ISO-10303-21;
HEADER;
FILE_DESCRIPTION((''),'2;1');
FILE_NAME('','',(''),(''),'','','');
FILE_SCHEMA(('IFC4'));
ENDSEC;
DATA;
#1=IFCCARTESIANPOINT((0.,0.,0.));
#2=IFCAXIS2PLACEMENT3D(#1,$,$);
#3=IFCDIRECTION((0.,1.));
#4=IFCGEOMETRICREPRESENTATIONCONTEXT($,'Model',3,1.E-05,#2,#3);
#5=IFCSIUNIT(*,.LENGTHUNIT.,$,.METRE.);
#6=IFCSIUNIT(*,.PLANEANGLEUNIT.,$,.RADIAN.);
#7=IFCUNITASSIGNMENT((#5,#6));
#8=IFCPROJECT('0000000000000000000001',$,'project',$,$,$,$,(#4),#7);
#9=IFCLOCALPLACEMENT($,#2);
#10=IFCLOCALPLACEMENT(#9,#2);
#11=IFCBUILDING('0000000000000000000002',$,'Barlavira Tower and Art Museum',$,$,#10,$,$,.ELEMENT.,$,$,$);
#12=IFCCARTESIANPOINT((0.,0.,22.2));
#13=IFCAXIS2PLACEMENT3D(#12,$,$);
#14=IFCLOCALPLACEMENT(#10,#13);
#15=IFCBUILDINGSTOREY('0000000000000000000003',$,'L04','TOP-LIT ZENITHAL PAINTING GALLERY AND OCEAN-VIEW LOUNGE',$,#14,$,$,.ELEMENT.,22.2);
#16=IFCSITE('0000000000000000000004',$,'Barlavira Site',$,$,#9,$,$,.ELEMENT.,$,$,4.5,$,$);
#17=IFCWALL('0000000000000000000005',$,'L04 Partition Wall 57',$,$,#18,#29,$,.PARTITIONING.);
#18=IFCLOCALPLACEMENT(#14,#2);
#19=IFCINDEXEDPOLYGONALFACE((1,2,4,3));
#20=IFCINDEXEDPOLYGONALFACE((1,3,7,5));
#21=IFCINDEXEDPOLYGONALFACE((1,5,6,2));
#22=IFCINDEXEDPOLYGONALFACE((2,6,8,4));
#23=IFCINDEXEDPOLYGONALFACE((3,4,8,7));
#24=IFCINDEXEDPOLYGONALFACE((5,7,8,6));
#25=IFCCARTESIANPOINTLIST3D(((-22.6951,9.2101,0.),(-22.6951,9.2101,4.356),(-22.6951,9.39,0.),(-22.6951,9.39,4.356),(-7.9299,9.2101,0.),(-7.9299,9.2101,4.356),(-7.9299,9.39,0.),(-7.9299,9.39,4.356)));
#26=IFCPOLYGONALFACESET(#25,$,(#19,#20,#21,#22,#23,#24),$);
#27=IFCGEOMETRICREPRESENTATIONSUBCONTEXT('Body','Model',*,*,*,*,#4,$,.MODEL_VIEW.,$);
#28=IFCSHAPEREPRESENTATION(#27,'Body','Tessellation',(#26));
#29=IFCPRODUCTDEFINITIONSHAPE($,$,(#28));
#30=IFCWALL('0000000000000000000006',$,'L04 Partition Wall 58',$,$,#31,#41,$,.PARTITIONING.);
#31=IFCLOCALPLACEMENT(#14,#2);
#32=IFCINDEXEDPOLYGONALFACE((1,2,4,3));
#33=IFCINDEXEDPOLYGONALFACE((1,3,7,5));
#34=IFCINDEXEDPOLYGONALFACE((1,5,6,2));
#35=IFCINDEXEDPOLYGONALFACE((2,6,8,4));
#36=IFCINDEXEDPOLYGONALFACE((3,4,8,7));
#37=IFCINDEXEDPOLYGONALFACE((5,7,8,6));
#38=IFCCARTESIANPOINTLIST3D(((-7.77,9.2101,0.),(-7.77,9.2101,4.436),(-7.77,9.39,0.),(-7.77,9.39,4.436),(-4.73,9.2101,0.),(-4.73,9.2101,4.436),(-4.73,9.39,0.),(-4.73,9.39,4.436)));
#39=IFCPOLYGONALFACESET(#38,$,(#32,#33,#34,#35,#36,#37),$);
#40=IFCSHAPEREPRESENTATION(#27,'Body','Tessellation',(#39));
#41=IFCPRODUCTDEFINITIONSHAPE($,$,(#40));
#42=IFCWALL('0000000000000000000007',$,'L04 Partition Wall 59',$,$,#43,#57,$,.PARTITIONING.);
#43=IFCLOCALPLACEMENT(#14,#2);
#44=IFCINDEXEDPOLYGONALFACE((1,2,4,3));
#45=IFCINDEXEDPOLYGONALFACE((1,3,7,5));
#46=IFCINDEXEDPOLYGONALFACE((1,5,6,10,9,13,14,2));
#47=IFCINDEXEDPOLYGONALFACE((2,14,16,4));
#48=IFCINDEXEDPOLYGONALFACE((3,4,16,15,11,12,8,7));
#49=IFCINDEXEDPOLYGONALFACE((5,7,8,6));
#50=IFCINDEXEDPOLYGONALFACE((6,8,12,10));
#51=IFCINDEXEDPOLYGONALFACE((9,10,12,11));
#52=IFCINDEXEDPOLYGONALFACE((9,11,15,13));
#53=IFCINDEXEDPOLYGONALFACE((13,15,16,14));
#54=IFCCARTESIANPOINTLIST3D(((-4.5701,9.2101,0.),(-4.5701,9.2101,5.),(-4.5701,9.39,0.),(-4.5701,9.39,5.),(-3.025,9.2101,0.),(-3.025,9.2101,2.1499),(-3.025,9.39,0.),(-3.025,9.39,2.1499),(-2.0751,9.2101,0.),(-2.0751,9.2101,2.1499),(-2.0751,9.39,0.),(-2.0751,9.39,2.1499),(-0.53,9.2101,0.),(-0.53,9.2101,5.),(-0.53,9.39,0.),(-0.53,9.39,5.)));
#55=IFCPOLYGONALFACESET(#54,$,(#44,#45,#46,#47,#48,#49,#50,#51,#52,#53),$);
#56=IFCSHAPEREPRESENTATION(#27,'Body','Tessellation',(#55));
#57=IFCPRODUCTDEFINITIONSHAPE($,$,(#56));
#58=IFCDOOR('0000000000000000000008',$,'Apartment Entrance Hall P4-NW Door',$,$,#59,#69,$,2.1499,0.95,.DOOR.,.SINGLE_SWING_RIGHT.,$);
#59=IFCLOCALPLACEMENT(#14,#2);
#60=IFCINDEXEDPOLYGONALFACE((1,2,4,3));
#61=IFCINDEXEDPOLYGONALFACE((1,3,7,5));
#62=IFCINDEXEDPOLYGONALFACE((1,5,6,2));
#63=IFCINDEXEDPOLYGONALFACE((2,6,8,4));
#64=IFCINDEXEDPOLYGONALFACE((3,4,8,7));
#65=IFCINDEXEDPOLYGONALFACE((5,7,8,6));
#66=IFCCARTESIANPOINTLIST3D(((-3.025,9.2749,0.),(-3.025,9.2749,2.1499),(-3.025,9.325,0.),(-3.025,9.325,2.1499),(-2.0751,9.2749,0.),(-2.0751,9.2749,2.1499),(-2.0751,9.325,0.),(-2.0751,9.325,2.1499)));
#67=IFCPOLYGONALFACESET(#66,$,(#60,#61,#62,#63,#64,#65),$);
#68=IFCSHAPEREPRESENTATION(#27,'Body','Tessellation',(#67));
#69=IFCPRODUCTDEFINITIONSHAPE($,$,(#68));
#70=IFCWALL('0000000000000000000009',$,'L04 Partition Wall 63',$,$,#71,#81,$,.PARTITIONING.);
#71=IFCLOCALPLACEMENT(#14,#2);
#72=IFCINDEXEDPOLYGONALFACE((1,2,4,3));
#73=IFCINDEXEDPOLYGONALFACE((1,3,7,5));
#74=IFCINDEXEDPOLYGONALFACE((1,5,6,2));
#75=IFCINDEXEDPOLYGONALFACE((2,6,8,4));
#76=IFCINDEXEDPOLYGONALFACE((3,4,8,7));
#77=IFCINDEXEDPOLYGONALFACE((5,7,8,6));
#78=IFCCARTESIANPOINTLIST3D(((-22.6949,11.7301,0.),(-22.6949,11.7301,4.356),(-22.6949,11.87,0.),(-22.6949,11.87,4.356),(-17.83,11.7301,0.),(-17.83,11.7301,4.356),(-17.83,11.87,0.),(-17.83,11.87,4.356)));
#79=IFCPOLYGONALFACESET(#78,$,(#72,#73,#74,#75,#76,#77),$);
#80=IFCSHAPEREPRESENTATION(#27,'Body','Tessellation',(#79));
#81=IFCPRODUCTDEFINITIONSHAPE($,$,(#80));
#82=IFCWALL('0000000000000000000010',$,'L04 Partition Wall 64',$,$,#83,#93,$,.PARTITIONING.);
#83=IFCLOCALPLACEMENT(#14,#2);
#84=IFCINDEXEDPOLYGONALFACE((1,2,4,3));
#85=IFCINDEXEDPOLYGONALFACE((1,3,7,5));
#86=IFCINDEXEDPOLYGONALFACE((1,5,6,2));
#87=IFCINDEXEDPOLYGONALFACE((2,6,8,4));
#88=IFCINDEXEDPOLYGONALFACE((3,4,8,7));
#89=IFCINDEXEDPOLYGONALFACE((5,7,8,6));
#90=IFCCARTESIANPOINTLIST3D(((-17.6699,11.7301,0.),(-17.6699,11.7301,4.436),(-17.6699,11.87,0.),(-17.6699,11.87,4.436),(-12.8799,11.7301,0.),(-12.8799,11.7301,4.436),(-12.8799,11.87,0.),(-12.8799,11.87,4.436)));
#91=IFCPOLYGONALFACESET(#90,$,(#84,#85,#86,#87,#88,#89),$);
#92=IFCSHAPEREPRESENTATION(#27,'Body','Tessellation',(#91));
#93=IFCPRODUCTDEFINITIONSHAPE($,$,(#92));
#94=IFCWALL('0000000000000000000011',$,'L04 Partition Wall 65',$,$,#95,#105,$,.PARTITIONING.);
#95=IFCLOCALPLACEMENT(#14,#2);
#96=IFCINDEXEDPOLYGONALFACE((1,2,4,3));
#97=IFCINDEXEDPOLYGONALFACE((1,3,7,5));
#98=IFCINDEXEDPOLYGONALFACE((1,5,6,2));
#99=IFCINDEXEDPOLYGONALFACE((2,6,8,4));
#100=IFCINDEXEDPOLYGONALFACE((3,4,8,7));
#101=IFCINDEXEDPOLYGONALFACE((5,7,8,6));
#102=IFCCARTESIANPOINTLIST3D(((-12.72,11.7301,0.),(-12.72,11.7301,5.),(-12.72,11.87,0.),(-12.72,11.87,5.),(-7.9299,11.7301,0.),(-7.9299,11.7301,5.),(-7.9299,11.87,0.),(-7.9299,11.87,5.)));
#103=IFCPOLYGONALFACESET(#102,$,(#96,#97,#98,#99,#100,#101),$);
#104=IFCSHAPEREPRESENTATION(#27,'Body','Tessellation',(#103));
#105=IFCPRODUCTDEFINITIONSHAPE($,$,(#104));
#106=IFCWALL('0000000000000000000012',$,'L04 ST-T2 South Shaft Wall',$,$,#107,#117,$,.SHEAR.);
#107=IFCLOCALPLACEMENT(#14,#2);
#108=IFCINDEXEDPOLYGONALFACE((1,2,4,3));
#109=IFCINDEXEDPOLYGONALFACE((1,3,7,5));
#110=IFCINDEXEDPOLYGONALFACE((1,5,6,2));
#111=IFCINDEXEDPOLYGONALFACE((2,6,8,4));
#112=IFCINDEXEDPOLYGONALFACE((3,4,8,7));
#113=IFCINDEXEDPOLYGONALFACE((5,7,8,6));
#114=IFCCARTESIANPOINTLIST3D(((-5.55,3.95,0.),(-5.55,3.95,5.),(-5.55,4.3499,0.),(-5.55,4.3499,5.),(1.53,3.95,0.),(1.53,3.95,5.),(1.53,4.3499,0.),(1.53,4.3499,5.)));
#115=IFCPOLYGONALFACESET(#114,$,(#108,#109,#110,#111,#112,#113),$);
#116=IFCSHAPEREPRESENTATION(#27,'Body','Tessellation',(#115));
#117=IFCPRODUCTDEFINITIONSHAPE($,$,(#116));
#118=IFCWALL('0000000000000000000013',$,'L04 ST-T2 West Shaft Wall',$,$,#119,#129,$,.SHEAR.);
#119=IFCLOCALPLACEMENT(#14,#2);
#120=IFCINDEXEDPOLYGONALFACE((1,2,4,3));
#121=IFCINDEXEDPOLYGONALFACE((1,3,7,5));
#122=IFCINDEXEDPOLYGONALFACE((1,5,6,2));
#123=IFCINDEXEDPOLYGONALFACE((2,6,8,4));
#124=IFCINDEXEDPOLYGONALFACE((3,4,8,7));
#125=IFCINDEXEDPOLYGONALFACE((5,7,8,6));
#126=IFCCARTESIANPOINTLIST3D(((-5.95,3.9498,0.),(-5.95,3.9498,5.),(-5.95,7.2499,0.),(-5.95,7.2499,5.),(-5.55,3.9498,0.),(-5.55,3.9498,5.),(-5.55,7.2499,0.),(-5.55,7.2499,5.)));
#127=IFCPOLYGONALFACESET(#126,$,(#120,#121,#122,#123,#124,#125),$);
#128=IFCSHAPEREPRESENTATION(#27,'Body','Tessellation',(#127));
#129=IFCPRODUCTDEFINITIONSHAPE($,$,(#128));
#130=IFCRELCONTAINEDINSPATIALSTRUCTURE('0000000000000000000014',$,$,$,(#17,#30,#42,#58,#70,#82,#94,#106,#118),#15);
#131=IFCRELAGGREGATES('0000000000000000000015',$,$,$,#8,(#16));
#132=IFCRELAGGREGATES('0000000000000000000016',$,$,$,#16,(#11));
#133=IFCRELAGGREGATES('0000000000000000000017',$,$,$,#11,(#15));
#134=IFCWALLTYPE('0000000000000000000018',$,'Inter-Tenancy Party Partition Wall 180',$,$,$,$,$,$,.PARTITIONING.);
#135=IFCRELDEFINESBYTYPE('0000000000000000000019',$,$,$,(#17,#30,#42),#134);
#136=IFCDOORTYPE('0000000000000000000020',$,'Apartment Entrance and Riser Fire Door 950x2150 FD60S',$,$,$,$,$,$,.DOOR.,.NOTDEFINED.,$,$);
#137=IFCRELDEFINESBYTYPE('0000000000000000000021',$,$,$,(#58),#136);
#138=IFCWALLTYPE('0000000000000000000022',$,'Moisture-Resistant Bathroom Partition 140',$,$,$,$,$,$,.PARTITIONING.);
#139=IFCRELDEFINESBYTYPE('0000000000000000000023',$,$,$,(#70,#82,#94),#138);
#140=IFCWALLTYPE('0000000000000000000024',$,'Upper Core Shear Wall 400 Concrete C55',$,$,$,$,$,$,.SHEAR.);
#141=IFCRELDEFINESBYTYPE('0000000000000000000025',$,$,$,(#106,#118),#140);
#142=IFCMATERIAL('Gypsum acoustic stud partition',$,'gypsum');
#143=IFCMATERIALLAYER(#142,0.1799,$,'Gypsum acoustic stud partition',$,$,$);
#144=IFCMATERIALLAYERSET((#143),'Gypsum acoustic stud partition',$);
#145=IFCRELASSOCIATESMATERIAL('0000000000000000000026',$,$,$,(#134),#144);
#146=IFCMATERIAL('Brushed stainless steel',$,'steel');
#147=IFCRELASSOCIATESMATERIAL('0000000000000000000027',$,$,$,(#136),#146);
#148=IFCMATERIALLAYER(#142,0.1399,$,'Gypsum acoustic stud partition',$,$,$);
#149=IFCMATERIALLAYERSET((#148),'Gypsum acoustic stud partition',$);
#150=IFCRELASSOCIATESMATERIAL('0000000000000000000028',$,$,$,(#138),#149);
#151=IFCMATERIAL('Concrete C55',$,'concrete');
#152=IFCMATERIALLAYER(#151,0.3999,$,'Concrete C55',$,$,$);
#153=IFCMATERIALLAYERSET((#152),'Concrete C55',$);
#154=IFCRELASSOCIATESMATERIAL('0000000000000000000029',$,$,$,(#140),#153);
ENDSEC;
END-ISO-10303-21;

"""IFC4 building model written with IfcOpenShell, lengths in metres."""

from ifc_helpers import new_model, si_unit, direction, frame, frame_2d, origin, place, context, subcontext, project, spatial, rectangle, extrude, material, layer, layer_set, type_object, element, fill, save


model = new_model("IFC4")

# Units and contexts
model_context = context("Model", 3, precision=1e-05, world=origin(), true_north=direction((0.0, 1.0)))
body_context = subcontext(model_context, "Body", "Model", "MODEL_VIEW")
ifc_project = project(units=[si_unit("LENGTHUNIT", "METRE"), si_unit("PLANEANGLEUNIT", "RADIAN")], contexts=[model_context])

# Site, building, storey
site_placement = place(None, origin())
site = spatial("IfcSite", under=ifc_project, at=site_placement, Name="Barlavira Site", CompositionType="ELEMENT", RefElevation=4.5)
building_placement = place(site_placement, origin())
building = spatial("IfcBuilding", under=site, at=building_placement, Name="Barlavira Tower and Art Museum", CompositionType="ELEMENT")
storey_placement = place(building_placement, frame((0.0, 0.0, 22.2)))
storey = spatial("IfcBuildingStorey", under=building, at=storey_placement, Name="L04", Description="TOP-LIT ZENITHAL PAINTING GALLERY AND OCEAN-VIEW LOUNGE", CompositionType="ELEMENT", Elevation=22.2)

# Shared definitions
ifc_material_1 = material(Name="Gypsum acoustic stud partition", Category="gypsum")

# Shared definitions
ifc_material_2 = material(Name="Brushed stainless steel", Category="steel")

# Walls
ifc_layer_1 = layer(ifc_material_1, 0.1799, Name="Gypsum acoustic stud partition")
ifc_layer_set_1 = layer_set([ifc_layer_1], Name="Gypsum acoustic stud partition")
wall_type_1 = type_object("IfcWallType", Name="Inter-Tenancy Party Partition Wall 180", PredefinedType="PARTITIONING", material=ifc_layer_set_1)
wall_1_placement = place(storey_placement, frame((-22.6951, 9.3, 0.0), z_axis=(0.0, 0.0, 1.0), x_axis=(1.0, 0.0, 0.0)))
element("IfcWall", 1, at=wall_1_placement, inside=storey, type_object=wall_type_1, Name="L04 Partition Wall 57", PredefinedType="PARTITIONING", context=body_context, shape_type="SweptSolid", body=[
    extrude(rectangle(XDim=14.7651, YDim=0.1799, at=frame_2d((7.3826, 0.0))), origin(), (0.0, 0.0, 1.0), 4.356),
])
wall_2_placement = place(storey_placement, frame((-7.77, 9.3, 0.0), z_axis=(0.0, 0.0, 1.0), x_axis=(1.0, 0.0, 0.0)))
element("IfcWall", 2, at=wall_2_placement, inside=storey, type_object=wall_type_1, Name="L04 Partition Wall 58", PredefinedType="PARTITIONING", context=body_context, shape_type="SweptSolid", body=[
    extrude(rectangle(XDim=3.04, YDim=0.1799, at=frame_2d((1.52, 0.0))), origin(), (0.0, 0.0, 1.0), 4.436),
])

# Wall, opening, door
wall_3_placement = place(storey_placement, frame((-4.5701, 9.3, 0.0), z_axis=(0.0, 0.0, 1.0), x_axis=(1.0, 0.0, 0.0)))
wall_3 = element("IfcWall", 3, at=wall_3_placement, inside=storey, type_object=wall_type_1, Name="L04 Partition Wall 59", PredefinedType="PARTITIONING", context=body_context, shape_type="SweptSolid", body=[
    extrude(rectangle(XDim=4.04, YDim=0.1799, at=frame_2d((2.02, 0.0))), origin(), (0.0, 0.0, 1.0), 5.0),
])
opening_1_placement = place(wall_3_placement, frame((1.5449, 0.0, 0.0)))
opening_1 = element("IfcOpeningElement", 4, at=opening_1_placement, cuts=wall_3, PredefinedType="OPENING", context=body_context, shape_type="SweptSolid", body=[
    extrude(rectangle(XDim=0.95, YDim=2.1499, at=frame_2d((0.4751, 1.075))), frame((0.0, 0.1001, 0.0), z_axis=(0.0, -1.0, 0.0), x_axis=(1.0, 0.0, 0.0)), (0.0, 0.0, 1.0), 0.2),
])
door_type_1 = type_object("IfcDoorType", Name="Apartment Entrance and Riser Fire Door 950x2150 FD60S", OperationType="NOTDEFINED", PredefinedType="DOOR", material=ifc_material_2)
door_1_placement = place(opening_1_placement, origin())
door_1 = element("IfcDoor", 5, at=door_1_placement, inside=storey, type_object=door_type_1, Name="Apartment Entrance Hall P4-NW Door", OperationType="SINGLE_SWING_RIGHT", OverallHeight=2.1499, OverallWidth=0.95, PredefinedType="DOOR", context=body_context, shape_type="SweptSolid", body=[
    extrude(rectangle(XDim=0.95, YDim=2.1499, at=frame_2d((0.4751, 1.075))), frame((0.0, 0.0249, 0.0), z_axis=(0.0, -1.0, 0.0), x_axis=(1.0, 0.0, 0.0)), (0.0, 0.0, 1.0), 0.05),
])
fill(opening_1, door_1)

# Walls
ifc_layer_2 = layer(ifc_material_1, 0.1399, Name="Gypsum acoustic stud partition")
ifc_layer_set_2 = layer_set([ifc_layer_2], Name="Gypsum acoustic stud partition")
wall_type_2 = type_object("IfcWallType", Name="Moisture-Resistant Bathroom Partition 140", PredefinedType="PARTITIONING", material=ifc_layer_set_2)
wall_4_placement = place(storey_placement, frame((-22.6951, 11.8, 0.0), z_axis=(0.0, 0.0, 1.0), x_axis=(1.0, 0.0, 0.0)))
element("IfcWall", 6, at=wall_4_placement, inside=storey, type_object=wall_type_2, Name="L04 Partition Wall 63", PredefinedType="PARTITIONING", context=body_context, shape_type="SweptSolid", body=[
    extrude(rectangle(XDim=4.865, YDim=0.1399, at=frame_2d((2.4326, 0.0))), origin(), (0.0, 0.0, 1.0), 4.356),
])
wall_5_placement = place(storey_placement, frame((-17.6699, 11.8, 0.0), z_axis=(0.0, 0.0, 1.0), x_axis=(1.0, 0.0, 0.0)))
element("IfcWall", 7, at=wall_5_placement, inside=storey, type_object=wall_type_2, Name="L04 Partition Wall 64", PredefinedType="PARTITIONING", context=body_context, shape_type="SweptSolid", body=[
    extrude(rectangle(XDim=4.79, YDim=0.1399, at=frame_2d((2.395, 0.0))), origin(), (0.0, 0.0, 1.0), 4.436),
])
wall_6_placement = place(storey_placement, frame((-12.72, 11.8, 0.0), z_axis=(0.0, 0.0, 1.0), x_axis=(1.0, 0.0, 0.0)))
element("IfcWall", 8, at=wall_6_placement, inside=storey, type_object=wall_type_2, Name="L04 Partition Wall 65", PredefinedType="PARTITIONING", context=body_context, shape_type="SweptSolid", body=[
    extrude(rectangle(XDim=4.79, YDim=0.1399, at=frame_2d((2.395, 0.0))), origin(), (0.0, 0.0, 1.0), 5.0),
])
ifc_material_3 = material(Name="Concrete C55", Category="concrete")
ifc_layer_3 = layer(ifc_material_3, 0.3999, Name="Concrete C55")
ifc_layer_set_3 = layer_set([ifc_layer_3], Name="Concrete C55")
wall_type_3 = type_object("IfcWallType", Name="Upper Core Shear Wall 400 Concrete C55", PredefinedType="SHEAR", material=ifc_layer_set_3)
wall_7_placement = place(storey_placement, frame((-5.55, 4.1499, 0.0), z_axis=(0.0, 0.0, 1.0), x_axis=(1.0, 0.0, 0.0)))
element("IfcWall", 9, at=wall_7_placement, inside=storey, type_object=wall_type_3, Name="L04 ST-T2 South Shaft Wall", PredefinedType="SHEAR", context=body_context, shape_type="SweptSolid", body=[
    extrude(rectangle(XDim=7.0801, YDim=0.3999, at=frame_2d((3.54, 0.0))), origin(), (0.0, 0.0, 1.0), 5.0),
])
wall_8_placement = place(storey_placement, frame((-5.75, 3.95, 0.0), z_axis=(0.0, 0.0, 1.0), x_axis=(0.0, 1.0, 0.0)))
element("IfcWall", 10, at=wall_8_placement, inside=storey, type_object=wall_type_3, Name="L04 ST-T2 West Shaft Wall", PredefinedType="SHEAR", context=body_context, shape_type="SweptSolid", body=[
    extrude(rectangle(XDim=3.3, YDim=0.3999, at=frame_2d((1.6499, 0.0))), origin(), (0.0, 0.0, 1.0), 5.0),
])

save(model, "model.ifc")
